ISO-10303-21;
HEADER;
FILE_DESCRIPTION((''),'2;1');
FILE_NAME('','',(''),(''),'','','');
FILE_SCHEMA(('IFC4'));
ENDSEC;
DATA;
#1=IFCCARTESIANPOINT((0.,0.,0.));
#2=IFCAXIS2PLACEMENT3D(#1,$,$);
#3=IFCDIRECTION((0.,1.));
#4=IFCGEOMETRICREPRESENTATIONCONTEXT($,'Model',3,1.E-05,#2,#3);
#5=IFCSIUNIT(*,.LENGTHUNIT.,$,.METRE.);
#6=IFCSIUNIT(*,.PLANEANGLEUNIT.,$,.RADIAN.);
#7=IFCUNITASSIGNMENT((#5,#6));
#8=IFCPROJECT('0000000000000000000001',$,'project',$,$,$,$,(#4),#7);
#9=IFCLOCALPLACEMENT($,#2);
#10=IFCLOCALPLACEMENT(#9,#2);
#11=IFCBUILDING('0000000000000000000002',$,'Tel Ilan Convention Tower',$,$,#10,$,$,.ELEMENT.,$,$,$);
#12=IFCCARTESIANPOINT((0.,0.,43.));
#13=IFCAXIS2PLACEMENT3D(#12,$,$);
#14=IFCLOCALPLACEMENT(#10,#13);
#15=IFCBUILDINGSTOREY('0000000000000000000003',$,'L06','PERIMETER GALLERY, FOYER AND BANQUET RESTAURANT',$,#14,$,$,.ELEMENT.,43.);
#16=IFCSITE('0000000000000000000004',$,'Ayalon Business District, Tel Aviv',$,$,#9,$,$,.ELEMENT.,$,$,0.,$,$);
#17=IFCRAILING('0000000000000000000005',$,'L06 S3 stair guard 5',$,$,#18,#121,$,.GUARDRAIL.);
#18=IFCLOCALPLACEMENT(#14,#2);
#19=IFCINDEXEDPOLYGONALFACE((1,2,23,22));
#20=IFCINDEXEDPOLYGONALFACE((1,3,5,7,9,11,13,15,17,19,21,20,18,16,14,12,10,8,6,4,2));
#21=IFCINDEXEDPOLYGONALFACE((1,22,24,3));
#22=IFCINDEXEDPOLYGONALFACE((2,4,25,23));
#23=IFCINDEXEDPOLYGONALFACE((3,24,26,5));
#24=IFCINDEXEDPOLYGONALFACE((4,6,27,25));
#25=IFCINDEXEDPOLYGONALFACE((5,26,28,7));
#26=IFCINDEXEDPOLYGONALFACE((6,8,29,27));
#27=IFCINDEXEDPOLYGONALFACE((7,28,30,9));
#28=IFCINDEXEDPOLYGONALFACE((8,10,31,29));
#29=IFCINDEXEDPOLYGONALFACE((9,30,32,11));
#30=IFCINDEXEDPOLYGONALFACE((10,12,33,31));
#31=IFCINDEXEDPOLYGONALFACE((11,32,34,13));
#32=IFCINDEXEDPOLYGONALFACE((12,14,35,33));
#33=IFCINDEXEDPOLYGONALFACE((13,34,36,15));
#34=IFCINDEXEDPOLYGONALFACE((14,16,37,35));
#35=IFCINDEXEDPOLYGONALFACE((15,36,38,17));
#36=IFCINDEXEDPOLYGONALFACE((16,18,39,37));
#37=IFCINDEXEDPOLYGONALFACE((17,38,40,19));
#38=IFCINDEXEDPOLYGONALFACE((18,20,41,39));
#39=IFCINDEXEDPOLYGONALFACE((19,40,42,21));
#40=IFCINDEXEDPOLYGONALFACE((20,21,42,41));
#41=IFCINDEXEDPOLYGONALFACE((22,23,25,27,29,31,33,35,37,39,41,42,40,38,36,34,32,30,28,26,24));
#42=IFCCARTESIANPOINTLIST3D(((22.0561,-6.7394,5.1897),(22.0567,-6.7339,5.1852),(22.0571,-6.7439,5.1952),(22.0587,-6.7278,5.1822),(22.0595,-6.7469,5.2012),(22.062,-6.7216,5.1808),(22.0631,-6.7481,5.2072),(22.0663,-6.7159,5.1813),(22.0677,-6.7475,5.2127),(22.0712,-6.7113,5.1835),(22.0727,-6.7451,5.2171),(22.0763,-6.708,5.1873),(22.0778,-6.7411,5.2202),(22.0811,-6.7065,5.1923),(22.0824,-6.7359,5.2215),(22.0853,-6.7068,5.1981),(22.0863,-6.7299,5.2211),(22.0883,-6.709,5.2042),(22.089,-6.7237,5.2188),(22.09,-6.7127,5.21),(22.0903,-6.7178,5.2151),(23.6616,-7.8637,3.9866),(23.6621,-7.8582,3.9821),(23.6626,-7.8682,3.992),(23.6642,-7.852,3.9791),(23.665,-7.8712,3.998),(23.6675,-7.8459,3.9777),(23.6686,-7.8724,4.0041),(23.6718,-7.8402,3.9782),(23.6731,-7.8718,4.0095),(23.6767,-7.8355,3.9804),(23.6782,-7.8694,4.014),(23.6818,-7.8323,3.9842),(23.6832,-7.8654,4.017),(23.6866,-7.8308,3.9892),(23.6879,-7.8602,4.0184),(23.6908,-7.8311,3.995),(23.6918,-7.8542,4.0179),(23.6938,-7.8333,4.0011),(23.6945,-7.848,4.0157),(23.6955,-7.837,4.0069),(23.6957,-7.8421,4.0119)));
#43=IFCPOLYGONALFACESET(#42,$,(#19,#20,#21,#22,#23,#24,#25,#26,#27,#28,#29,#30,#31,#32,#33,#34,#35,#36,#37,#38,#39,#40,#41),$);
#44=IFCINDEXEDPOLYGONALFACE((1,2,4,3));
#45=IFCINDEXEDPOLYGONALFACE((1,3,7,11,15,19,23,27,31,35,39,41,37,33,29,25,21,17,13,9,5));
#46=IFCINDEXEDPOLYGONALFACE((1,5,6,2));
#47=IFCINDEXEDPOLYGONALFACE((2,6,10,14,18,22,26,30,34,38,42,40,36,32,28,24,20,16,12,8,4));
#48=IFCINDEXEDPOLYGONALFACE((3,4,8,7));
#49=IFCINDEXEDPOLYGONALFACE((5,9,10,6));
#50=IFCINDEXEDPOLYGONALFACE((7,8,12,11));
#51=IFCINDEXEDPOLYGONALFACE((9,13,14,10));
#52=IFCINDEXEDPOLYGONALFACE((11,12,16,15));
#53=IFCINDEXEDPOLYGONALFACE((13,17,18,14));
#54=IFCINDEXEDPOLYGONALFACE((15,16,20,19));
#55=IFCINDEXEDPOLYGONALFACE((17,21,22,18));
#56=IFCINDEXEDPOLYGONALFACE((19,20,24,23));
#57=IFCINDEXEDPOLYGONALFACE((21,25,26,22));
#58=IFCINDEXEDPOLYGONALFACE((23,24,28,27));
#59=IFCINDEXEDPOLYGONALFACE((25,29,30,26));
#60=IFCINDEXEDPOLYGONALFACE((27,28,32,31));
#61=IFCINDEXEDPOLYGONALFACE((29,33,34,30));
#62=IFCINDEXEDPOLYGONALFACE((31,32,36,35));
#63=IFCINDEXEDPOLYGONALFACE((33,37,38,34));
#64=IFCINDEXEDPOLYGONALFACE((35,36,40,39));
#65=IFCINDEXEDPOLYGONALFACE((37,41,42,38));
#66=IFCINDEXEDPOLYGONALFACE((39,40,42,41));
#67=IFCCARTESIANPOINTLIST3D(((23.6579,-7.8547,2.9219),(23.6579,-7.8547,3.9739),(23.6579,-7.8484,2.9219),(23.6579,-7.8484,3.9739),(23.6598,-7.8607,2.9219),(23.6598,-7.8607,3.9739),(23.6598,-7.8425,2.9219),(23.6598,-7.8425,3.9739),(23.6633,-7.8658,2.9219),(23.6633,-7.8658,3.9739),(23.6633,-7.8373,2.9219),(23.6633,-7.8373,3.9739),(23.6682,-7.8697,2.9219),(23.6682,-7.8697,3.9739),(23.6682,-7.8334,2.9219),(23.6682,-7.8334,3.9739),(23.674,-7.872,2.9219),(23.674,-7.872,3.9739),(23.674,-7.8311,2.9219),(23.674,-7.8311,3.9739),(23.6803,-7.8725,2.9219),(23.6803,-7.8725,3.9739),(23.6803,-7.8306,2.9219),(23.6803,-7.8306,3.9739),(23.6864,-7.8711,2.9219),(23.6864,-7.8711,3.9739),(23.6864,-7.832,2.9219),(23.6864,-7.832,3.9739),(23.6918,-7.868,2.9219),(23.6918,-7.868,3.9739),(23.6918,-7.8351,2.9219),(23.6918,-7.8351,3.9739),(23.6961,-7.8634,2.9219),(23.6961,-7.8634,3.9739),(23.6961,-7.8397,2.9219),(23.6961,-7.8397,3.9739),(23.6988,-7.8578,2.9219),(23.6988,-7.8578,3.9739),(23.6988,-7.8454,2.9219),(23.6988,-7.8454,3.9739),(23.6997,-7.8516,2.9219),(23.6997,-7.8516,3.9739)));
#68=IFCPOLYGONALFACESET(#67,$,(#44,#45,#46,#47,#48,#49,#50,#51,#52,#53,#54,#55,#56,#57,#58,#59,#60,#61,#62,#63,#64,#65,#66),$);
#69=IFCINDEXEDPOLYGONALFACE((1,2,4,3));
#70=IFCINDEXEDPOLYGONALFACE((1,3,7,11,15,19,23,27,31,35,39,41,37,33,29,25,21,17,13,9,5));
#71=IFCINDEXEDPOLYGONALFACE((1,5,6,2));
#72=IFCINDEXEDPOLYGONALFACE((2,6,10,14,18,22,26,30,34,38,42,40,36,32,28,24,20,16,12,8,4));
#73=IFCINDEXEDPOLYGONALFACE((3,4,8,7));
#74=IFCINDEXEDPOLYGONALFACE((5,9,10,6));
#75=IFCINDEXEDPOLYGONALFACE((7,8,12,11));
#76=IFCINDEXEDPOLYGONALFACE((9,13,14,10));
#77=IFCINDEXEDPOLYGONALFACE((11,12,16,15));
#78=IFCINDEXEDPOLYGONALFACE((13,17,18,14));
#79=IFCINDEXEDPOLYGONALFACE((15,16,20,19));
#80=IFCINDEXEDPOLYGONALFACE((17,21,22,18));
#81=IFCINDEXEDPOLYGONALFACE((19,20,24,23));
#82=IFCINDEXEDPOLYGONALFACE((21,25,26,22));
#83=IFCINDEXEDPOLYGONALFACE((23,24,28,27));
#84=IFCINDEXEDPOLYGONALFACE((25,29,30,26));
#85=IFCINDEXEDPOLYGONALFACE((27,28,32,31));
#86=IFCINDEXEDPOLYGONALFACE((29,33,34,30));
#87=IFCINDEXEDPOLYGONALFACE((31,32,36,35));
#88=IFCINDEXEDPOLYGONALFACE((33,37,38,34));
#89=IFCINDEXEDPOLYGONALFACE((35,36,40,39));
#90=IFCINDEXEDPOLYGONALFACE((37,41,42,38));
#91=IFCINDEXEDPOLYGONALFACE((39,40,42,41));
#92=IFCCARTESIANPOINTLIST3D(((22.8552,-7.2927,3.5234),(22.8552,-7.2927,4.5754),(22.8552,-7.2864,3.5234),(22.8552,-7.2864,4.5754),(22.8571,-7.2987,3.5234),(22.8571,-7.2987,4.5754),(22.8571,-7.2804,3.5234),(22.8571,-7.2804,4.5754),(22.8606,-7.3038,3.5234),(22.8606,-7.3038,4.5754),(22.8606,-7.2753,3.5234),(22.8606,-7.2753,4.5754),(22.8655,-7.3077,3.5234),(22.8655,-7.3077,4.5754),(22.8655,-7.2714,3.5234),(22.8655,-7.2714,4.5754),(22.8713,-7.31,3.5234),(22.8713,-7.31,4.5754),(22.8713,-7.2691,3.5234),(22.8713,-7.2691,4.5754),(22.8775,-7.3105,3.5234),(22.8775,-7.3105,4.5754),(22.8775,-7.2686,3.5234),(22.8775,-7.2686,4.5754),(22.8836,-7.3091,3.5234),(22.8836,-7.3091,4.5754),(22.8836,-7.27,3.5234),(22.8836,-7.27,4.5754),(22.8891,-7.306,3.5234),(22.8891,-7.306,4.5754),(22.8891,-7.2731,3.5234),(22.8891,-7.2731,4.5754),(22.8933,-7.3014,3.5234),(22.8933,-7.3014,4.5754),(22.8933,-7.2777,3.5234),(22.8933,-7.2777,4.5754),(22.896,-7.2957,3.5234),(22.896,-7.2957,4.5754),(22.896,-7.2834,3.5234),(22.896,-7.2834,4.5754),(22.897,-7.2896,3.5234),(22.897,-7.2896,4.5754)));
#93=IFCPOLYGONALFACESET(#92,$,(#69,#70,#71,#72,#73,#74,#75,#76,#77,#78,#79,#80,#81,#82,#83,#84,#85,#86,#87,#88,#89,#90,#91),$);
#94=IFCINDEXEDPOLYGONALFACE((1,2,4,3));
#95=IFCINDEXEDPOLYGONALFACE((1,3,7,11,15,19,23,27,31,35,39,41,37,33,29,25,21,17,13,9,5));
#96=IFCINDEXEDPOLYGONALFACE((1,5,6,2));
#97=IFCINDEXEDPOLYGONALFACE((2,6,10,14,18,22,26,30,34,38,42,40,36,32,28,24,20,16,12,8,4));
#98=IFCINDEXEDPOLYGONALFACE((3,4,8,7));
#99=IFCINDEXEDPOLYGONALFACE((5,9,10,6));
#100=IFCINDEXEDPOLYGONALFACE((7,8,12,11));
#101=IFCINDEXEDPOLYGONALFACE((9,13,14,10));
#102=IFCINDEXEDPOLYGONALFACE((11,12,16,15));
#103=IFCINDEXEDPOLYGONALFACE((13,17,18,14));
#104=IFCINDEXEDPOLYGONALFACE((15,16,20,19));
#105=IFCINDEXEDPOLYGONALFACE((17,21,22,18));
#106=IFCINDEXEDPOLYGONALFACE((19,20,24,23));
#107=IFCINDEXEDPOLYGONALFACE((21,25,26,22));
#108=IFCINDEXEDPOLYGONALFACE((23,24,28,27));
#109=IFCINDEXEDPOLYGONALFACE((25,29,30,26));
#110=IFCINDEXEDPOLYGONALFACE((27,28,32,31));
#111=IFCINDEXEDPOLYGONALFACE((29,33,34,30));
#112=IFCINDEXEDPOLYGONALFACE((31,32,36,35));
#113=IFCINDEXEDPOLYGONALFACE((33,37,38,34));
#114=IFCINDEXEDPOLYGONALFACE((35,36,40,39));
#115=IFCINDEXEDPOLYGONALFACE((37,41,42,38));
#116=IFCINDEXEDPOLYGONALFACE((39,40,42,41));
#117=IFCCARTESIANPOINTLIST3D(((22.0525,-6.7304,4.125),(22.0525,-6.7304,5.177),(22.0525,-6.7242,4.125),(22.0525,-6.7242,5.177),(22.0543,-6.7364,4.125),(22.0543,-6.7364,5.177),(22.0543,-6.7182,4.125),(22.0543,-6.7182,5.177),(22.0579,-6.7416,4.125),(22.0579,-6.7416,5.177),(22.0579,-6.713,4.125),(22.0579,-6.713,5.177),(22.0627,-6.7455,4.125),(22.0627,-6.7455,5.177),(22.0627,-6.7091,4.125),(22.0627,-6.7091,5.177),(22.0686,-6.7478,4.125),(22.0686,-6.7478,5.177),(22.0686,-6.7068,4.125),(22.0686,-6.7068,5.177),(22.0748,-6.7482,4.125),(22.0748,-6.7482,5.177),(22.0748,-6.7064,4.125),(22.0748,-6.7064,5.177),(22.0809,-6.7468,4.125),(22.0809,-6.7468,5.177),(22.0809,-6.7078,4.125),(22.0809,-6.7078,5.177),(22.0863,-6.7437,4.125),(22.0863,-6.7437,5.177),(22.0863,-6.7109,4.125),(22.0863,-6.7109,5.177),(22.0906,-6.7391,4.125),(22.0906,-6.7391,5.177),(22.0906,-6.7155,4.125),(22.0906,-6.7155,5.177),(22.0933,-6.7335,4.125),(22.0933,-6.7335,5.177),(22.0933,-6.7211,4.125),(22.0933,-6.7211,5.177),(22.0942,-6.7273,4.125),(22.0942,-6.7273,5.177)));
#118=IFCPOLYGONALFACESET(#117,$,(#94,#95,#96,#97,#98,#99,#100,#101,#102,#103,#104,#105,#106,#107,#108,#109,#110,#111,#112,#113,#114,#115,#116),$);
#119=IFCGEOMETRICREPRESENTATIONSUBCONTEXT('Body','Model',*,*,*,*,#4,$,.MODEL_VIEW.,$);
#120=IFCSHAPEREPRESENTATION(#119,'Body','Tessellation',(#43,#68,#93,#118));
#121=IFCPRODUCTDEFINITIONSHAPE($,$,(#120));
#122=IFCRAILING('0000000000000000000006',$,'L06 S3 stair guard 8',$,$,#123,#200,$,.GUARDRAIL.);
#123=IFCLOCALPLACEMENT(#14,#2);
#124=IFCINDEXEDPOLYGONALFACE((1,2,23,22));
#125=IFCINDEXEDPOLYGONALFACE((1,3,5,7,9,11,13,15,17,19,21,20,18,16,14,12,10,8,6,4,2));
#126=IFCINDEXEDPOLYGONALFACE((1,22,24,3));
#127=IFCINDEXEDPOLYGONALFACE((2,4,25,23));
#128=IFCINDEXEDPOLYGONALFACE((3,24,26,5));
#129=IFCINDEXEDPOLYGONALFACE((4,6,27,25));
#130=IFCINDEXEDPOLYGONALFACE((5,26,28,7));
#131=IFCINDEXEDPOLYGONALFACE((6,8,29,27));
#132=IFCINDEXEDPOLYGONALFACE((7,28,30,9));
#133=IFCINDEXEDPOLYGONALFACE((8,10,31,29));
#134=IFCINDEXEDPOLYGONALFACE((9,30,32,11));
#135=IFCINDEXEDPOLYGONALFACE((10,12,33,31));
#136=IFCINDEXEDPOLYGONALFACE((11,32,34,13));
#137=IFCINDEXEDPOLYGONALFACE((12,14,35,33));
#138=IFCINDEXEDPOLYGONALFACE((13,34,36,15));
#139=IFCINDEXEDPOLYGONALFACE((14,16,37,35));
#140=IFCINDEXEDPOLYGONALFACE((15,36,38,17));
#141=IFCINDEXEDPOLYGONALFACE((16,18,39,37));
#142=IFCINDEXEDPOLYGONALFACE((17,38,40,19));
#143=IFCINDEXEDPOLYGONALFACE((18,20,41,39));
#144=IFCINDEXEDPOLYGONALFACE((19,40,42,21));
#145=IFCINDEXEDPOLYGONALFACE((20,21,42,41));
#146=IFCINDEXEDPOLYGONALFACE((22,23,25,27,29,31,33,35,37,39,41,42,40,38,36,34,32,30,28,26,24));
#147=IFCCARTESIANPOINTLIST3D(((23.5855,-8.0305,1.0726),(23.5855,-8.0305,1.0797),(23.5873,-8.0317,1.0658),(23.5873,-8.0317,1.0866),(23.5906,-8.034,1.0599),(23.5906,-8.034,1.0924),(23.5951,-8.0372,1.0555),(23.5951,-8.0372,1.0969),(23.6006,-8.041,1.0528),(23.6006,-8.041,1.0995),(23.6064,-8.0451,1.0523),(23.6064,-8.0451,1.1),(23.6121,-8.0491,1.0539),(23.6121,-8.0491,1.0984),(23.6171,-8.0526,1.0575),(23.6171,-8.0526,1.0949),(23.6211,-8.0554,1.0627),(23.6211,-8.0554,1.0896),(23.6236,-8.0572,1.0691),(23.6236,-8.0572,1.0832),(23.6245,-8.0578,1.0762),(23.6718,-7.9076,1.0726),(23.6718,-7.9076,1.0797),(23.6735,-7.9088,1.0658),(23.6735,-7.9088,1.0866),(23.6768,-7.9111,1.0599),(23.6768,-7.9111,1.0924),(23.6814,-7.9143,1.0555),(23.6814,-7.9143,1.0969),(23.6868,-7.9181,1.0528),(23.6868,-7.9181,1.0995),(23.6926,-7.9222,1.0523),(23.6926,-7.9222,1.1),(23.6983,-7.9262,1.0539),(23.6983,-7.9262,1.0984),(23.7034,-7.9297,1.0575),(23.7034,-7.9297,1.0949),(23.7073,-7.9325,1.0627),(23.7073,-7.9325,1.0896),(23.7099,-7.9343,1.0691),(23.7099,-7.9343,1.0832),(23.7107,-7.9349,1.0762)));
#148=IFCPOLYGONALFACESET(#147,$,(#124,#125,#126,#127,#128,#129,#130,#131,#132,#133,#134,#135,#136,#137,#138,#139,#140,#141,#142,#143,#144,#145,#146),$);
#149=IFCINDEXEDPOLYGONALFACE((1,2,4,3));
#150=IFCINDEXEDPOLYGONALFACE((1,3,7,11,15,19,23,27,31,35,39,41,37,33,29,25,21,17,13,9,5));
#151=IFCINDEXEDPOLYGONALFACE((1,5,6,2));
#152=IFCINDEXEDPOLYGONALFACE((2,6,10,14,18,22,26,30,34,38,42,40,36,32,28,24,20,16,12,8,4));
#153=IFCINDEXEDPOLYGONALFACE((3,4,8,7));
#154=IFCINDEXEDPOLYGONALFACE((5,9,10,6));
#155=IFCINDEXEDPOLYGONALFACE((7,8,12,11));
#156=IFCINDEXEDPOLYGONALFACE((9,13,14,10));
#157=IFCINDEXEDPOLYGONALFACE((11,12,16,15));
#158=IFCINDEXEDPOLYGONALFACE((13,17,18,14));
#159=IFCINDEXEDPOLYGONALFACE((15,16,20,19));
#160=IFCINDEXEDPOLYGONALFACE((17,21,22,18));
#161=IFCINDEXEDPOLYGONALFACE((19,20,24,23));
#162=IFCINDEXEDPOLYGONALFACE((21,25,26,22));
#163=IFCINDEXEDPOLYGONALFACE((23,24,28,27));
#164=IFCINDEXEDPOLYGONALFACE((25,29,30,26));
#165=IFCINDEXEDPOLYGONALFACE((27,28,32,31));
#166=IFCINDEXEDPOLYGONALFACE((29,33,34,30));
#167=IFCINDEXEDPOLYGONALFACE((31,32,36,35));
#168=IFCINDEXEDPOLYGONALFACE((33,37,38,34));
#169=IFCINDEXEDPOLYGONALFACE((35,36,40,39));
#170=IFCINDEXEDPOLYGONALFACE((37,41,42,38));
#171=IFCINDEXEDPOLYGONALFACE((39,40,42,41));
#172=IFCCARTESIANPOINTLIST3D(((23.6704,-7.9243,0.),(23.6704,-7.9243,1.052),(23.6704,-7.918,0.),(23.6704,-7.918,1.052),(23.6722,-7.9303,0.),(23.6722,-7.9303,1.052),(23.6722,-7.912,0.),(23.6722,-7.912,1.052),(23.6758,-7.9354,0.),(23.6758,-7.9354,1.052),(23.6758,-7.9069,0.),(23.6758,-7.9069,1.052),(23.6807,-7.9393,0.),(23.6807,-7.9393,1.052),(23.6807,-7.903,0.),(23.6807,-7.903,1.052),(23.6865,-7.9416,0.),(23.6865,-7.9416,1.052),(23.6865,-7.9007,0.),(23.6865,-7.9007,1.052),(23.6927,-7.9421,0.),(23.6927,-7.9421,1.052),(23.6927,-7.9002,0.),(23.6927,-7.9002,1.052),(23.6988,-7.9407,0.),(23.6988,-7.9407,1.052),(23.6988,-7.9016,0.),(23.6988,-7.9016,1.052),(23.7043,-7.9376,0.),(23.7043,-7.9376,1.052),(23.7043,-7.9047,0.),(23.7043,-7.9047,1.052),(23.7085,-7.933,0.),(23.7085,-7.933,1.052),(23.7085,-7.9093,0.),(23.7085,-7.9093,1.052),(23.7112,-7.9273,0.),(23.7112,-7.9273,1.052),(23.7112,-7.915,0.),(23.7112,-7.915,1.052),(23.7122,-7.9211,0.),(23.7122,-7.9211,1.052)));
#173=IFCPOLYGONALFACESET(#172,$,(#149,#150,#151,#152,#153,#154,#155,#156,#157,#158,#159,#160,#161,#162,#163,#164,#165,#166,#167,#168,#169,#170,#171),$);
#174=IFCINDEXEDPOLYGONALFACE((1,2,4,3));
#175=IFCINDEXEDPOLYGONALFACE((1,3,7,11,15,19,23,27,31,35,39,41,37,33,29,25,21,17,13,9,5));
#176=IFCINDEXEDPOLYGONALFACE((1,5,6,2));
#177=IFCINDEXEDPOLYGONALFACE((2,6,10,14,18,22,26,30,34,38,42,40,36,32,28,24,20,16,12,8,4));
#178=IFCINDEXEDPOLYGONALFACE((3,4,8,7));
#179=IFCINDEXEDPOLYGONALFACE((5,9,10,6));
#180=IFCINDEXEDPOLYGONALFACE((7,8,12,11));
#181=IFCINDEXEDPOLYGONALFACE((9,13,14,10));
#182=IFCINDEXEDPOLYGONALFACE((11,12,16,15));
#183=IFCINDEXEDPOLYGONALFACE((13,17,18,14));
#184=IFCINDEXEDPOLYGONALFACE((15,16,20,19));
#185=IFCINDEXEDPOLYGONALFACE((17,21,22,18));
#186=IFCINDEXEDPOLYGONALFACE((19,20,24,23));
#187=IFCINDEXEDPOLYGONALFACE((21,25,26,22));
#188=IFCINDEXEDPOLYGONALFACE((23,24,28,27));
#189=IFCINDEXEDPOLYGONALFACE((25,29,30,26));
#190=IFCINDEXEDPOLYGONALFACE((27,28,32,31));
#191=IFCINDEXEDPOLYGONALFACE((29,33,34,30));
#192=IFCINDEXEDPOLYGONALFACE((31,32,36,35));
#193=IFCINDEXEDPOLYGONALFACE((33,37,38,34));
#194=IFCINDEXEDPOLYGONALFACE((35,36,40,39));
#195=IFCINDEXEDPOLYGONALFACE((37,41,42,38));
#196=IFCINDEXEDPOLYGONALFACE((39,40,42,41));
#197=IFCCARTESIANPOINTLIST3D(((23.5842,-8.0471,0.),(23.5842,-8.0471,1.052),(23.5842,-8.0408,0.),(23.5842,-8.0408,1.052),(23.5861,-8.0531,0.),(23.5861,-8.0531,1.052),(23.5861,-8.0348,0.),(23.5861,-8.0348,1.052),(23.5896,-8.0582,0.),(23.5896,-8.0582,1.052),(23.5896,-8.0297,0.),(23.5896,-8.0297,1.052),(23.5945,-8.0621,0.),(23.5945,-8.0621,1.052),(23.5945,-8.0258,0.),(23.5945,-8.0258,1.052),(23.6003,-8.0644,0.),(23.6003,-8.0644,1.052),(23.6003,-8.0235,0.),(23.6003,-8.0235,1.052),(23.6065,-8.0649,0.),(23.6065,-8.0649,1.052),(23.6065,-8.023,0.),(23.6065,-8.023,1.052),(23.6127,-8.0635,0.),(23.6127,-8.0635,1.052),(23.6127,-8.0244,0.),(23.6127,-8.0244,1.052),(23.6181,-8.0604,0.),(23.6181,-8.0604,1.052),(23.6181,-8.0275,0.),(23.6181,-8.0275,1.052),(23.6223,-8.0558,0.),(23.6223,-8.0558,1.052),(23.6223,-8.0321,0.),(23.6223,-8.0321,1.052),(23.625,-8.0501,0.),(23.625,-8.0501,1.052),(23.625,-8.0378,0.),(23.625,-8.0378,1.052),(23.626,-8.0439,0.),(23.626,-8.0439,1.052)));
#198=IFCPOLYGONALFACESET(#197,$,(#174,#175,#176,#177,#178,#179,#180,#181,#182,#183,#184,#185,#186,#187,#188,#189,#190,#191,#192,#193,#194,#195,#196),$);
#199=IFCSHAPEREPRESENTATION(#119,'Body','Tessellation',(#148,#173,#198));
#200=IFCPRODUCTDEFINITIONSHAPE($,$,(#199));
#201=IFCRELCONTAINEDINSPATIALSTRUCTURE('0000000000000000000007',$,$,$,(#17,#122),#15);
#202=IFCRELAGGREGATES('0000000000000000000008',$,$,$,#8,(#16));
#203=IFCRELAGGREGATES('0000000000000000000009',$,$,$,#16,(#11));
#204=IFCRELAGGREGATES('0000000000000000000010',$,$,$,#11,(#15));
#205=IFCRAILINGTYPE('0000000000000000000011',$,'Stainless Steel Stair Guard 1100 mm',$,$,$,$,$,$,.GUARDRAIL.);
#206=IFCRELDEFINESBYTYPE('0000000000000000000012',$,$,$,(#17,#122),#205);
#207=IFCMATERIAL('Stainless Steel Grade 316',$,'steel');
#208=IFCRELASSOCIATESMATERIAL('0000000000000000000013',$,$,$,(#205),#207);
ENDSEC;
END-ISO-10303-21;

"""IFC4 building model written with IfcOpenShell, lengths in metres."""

from ifc_helpers import new_model, si_unit, direction, frame, origin, origin_2d, place, context, subcontext, project, spatial, circle, extrude, material, type_object, element, save


model = new_model("IFC4")

# Units and contexts
model_context = context("Model", 3, precision=1e-05, world=origin(), true_north=direction((0.0, 1.0)))
body_context = subcontext(model_context, "Body", "Model", "MODEL_VIEW")
ifc_project = project(units=[si_unit("LENGTHUNIT", "METRE"), si_unit("PLANEANGLEUNIT", "RADIAN")], contexts=[model_context])

# Site, building, storey
site_placement = place(None, origin())
site = spatial("IfcSite", under=ifc_project, at=site_placement, Name="Ayalon Business District, Tel Aviv", CompositionType="ELEMENT", RefElevation=0.0)
building_placement = place(site_placement, origin())
building = spatial("IfcBuilding", under=site, at=building_placement, Name="Tel Ilan Convention Tower", CompositionType="ELEMENT")
storey_placement = place(building_placement, frame((0.0, 0.0, 43.0)))
storey = spatial("IfcBuildingStorey", under=building, at=storey_placement, Name="L06", Description="PERIMETER GALLERY, FOYER AND BANQUET RESTAURANT", CompositionType="ELEMENT", Elevation=43.0)

# Railings
ifc_material_1 = material(Name="Stainless Steel Grade 316", Category="steel")
railing_type_1 = type_object("IfcRailingType", Name="Stainless Steel Stair Guard 1100 mm", PredefinedType="GUARDRAIL", material=ifc_material_1)
railing_1_placement = place(storey_placement, frame((23.6787, -7.8516, 2.9219)))
element("IfcRailing", 1, at=railing_1_placement, inside=storey, type_object=railing_type_1, Name="L06 S3 stair guard 5", PredefinedType="GUARDRAIL", context=body_context, shape_type="SweptSolid", body=[
    extrude(circle(Radius=0.0239, at=origin_2d()), frame((0.0, 0.0, 1.0762), z_axis=(-0.698095, 0.488857, 0.523146), x_axis=(-0.573613, -0.819127, 0.0)), (0.0, 0.0, 1.0), 2.2998),
    extrude(circle(Radius=0.021, at=origin_2d()), origin(), (0.0, 0.0, 1.0), 1.052),
    extrude(circle(Radius=0.021, at=origin_2d()), frame((-0.8027, 0.562, 0.6016)), (0.0, 0.0, 1.0), 1.052),
    extrude(circle(Radius=0.021, at=origin_2d()), frame((-1.6055, 1.1243, 1.2031)), (0.0, 0.0, 1.0), 1.052),
])
railing_2_placement = place(storey_placement, frame((23.6912, -7.9211, 0.0)))
element("IfcRailing", 2, at=railing_2_placement, inside=storey, type_object=railing_type_1, Name="L06 S3 stair guard 8", PredefinedType="GUARDRAIL", context=body_context, shape_type="SweptSolid", body=[
    extrude(circle(Radius=0.0239, at=origin_2d()), frame((0.0, 0.0, 1.0762), z_axis=(-0.574445, -0.818543, 0.0), x_axis=(0.818543, -0.574445, 0.0)), (0.0, 0.0, 1.0), 0.1501),
    extrude(circle(Radius=0.021, at=origin_2d()), origin(), (0.0, 0.0, 1.0), 1.052),
    extrude(circle(Radius=0.021, at=origin_2d()), frame((-0.0862, -0.1228, 0.0)), (0.0, 0.0, 1.0), 1.052),
])

save(model, "model.ifc")
